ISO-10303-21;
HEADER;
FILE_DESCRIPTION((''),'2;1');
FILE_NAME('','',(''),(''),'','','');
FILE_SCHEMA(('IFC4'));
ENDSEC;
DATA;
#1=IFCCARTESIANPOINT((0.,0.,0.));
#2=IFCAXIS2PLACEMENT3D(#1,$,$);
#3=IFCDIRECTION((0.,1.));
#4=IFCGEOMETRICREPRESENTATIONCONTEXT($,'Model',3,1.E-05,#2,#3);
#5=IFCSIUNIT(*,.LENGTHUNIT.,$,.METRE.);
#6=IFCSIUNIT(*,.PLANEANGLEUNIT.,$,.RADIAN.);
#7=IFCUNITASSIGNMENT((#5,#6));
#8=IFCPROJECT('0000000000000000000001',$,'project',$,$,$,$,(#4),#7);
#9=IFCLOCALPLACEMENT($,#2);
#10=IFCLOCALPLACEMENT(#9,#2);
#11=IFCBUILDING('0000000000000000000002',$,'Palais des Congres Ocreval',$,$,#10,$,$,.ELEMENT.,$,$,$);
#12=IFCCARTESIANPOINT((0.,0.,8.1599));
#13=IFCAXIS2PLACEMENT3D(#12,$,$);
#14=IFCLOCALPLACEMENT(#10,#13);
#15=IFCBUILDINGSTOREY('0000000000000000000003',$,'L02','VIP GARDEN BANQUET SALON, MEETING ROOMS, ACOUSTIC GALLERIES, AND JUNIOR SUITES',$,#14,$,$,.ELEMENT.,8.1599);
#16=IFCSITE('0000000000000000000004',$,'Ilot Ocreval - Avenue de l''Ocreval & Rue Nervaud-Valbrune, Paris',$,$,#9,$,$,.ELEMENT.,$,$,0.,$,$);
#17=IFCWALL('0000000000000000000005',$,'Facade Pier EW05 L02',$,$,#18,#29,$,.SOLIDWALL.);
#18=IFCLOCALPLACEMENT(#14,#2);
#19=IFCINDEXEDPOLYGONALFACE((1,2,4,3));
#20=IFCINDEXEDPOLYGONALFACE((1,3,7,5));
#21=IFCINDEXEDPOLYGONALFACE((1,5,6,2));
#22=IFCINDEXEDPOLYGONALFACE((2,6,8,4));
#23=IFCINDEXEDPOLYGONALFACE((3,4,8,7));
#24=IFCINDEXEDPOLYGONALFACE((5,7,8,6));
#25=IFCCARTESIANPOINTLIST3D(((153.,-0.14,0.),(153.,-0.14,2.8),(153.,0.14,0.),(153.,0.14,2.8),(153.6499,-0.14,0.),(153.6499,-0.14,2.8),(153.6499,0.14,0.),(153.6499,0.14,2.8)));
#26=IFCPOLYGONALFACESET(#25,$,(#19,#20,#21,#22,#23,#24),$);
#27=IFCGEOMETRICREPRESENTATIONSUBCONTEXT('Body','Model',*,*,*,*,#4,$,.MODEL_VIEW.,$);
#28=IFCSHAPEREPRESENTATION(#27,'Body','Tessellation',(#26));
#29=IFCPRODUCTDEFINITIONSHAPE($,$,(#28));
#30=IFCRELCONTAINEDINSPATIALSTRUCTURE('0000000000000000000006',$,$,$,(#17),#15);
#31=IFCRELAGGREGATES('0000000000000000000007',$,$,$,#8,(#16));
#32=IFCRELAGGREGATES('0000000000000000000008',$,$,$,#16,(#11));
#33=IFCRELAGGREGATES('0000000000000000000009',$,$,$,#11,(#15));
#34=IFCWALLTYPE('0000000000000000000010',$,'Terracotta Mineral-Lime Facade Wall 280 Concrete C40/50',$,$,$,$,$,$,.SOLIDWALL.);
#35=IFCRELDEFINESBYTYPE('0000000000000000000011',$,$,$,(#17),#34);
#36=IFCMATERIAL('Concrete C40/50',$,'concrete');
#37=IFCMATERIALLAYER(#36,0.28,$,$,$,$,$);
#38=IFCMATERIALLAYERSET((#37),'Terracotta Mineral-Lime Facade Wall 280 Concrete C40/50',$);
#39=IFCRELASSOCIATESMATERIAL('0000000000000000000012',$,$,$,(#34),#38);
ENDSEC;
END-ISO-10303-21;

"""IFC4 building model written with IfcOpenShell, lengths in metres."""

from ifc_helpers import new_model, si_unit, direction, frame, frame_2d, origin, place, context, subcontext, project, spatial, rectangle, extrude, material, layer, layer_set, type_object, element, save


model = new_model("IFC4")

# Units and contexts
model_context = context("Model", 3, precision=1e-05, world=origin(), true_north=direction((0.0, 1.0)))
body_context = subcontext(model_context, "Body", "Model", "MODEL_VIEW")
ifc_project = project(units=[si_unit("LENGTHUNIT", "METRE"), si_unit("PLANEANGLEUNIT", "RADIAN")], contexts=[model_context])

# Site, building, storey
site_placement = place(None, origin())
site = spatial("IfcSite", under=ifc_project, at=site_placement, Name="Ilot Ocreval - Avenue de l'Ocreval & Rue Nervaud-Valbrune, Paris", CompositionType="ELEMENT", RefElevation=0.0)
building_placement = place(site_placement, origin())
building = spatial("IfcBuilding", under=site, at=building_placement, Name="Palais des Congres Ocreval", CompositionType="ELEMENT")
storey_placement = place(building_placement, frame((0.0, 0.0, 8.1599)))
storey = spatial("IfcBuildingStorey", under=building, at=storey_placement, Name="L02", Description="VIP GARDEN BANQUET SALON, MEETING ROOMS, ACOUSTIC GALLERIES, AND JUNIOR SUITES", CompositionType="ELEMENT", Elevation=8.1599)

# Wall
ifc_material_1 = material(Name="Concrete C40/50", Category="concrete")
ifc_layer_1 = layer(ifc_material_1, 0.28)
ifc_layer_set_1 = layer_set([ifc_layer_1], Name="Terracotta Mineral-Lime Facade Wall 280 Concrete C40/50")
wall_type_1 = type_object("IfcWallType", Name="Terracotta Mineral-Lime Facade Wall 280 Concrete C40/50", PredefinedType="SOLIDWALL", material=ifc_layer_set_1)
for number, where, z_axis, x_axis, name in (
    (1, (153.6499, 0.0, 0.0), (0.0, 0.0, 1.0), (-1.0, 0.0, 0.0), "Facade Pier EW05 L02"),
):
    element("IfcWall", number, at=place(storey_placement, frame(where, z_axis=z_axis, x_axis=x_axis)), inside=storey, type_object=wall_type_1, Name=name, PredefinedType="SOLIDWALL", context=body_context, shape_type="SweptSolid", body=[
        extrude(rectangle(XDim=0.6499, YDim=0.28, at=frame_2d((0.325, 0.0))), origin(), (0.0, 0.0, 1.0), 2.8),
    ])

save(model, "model.ifc")
